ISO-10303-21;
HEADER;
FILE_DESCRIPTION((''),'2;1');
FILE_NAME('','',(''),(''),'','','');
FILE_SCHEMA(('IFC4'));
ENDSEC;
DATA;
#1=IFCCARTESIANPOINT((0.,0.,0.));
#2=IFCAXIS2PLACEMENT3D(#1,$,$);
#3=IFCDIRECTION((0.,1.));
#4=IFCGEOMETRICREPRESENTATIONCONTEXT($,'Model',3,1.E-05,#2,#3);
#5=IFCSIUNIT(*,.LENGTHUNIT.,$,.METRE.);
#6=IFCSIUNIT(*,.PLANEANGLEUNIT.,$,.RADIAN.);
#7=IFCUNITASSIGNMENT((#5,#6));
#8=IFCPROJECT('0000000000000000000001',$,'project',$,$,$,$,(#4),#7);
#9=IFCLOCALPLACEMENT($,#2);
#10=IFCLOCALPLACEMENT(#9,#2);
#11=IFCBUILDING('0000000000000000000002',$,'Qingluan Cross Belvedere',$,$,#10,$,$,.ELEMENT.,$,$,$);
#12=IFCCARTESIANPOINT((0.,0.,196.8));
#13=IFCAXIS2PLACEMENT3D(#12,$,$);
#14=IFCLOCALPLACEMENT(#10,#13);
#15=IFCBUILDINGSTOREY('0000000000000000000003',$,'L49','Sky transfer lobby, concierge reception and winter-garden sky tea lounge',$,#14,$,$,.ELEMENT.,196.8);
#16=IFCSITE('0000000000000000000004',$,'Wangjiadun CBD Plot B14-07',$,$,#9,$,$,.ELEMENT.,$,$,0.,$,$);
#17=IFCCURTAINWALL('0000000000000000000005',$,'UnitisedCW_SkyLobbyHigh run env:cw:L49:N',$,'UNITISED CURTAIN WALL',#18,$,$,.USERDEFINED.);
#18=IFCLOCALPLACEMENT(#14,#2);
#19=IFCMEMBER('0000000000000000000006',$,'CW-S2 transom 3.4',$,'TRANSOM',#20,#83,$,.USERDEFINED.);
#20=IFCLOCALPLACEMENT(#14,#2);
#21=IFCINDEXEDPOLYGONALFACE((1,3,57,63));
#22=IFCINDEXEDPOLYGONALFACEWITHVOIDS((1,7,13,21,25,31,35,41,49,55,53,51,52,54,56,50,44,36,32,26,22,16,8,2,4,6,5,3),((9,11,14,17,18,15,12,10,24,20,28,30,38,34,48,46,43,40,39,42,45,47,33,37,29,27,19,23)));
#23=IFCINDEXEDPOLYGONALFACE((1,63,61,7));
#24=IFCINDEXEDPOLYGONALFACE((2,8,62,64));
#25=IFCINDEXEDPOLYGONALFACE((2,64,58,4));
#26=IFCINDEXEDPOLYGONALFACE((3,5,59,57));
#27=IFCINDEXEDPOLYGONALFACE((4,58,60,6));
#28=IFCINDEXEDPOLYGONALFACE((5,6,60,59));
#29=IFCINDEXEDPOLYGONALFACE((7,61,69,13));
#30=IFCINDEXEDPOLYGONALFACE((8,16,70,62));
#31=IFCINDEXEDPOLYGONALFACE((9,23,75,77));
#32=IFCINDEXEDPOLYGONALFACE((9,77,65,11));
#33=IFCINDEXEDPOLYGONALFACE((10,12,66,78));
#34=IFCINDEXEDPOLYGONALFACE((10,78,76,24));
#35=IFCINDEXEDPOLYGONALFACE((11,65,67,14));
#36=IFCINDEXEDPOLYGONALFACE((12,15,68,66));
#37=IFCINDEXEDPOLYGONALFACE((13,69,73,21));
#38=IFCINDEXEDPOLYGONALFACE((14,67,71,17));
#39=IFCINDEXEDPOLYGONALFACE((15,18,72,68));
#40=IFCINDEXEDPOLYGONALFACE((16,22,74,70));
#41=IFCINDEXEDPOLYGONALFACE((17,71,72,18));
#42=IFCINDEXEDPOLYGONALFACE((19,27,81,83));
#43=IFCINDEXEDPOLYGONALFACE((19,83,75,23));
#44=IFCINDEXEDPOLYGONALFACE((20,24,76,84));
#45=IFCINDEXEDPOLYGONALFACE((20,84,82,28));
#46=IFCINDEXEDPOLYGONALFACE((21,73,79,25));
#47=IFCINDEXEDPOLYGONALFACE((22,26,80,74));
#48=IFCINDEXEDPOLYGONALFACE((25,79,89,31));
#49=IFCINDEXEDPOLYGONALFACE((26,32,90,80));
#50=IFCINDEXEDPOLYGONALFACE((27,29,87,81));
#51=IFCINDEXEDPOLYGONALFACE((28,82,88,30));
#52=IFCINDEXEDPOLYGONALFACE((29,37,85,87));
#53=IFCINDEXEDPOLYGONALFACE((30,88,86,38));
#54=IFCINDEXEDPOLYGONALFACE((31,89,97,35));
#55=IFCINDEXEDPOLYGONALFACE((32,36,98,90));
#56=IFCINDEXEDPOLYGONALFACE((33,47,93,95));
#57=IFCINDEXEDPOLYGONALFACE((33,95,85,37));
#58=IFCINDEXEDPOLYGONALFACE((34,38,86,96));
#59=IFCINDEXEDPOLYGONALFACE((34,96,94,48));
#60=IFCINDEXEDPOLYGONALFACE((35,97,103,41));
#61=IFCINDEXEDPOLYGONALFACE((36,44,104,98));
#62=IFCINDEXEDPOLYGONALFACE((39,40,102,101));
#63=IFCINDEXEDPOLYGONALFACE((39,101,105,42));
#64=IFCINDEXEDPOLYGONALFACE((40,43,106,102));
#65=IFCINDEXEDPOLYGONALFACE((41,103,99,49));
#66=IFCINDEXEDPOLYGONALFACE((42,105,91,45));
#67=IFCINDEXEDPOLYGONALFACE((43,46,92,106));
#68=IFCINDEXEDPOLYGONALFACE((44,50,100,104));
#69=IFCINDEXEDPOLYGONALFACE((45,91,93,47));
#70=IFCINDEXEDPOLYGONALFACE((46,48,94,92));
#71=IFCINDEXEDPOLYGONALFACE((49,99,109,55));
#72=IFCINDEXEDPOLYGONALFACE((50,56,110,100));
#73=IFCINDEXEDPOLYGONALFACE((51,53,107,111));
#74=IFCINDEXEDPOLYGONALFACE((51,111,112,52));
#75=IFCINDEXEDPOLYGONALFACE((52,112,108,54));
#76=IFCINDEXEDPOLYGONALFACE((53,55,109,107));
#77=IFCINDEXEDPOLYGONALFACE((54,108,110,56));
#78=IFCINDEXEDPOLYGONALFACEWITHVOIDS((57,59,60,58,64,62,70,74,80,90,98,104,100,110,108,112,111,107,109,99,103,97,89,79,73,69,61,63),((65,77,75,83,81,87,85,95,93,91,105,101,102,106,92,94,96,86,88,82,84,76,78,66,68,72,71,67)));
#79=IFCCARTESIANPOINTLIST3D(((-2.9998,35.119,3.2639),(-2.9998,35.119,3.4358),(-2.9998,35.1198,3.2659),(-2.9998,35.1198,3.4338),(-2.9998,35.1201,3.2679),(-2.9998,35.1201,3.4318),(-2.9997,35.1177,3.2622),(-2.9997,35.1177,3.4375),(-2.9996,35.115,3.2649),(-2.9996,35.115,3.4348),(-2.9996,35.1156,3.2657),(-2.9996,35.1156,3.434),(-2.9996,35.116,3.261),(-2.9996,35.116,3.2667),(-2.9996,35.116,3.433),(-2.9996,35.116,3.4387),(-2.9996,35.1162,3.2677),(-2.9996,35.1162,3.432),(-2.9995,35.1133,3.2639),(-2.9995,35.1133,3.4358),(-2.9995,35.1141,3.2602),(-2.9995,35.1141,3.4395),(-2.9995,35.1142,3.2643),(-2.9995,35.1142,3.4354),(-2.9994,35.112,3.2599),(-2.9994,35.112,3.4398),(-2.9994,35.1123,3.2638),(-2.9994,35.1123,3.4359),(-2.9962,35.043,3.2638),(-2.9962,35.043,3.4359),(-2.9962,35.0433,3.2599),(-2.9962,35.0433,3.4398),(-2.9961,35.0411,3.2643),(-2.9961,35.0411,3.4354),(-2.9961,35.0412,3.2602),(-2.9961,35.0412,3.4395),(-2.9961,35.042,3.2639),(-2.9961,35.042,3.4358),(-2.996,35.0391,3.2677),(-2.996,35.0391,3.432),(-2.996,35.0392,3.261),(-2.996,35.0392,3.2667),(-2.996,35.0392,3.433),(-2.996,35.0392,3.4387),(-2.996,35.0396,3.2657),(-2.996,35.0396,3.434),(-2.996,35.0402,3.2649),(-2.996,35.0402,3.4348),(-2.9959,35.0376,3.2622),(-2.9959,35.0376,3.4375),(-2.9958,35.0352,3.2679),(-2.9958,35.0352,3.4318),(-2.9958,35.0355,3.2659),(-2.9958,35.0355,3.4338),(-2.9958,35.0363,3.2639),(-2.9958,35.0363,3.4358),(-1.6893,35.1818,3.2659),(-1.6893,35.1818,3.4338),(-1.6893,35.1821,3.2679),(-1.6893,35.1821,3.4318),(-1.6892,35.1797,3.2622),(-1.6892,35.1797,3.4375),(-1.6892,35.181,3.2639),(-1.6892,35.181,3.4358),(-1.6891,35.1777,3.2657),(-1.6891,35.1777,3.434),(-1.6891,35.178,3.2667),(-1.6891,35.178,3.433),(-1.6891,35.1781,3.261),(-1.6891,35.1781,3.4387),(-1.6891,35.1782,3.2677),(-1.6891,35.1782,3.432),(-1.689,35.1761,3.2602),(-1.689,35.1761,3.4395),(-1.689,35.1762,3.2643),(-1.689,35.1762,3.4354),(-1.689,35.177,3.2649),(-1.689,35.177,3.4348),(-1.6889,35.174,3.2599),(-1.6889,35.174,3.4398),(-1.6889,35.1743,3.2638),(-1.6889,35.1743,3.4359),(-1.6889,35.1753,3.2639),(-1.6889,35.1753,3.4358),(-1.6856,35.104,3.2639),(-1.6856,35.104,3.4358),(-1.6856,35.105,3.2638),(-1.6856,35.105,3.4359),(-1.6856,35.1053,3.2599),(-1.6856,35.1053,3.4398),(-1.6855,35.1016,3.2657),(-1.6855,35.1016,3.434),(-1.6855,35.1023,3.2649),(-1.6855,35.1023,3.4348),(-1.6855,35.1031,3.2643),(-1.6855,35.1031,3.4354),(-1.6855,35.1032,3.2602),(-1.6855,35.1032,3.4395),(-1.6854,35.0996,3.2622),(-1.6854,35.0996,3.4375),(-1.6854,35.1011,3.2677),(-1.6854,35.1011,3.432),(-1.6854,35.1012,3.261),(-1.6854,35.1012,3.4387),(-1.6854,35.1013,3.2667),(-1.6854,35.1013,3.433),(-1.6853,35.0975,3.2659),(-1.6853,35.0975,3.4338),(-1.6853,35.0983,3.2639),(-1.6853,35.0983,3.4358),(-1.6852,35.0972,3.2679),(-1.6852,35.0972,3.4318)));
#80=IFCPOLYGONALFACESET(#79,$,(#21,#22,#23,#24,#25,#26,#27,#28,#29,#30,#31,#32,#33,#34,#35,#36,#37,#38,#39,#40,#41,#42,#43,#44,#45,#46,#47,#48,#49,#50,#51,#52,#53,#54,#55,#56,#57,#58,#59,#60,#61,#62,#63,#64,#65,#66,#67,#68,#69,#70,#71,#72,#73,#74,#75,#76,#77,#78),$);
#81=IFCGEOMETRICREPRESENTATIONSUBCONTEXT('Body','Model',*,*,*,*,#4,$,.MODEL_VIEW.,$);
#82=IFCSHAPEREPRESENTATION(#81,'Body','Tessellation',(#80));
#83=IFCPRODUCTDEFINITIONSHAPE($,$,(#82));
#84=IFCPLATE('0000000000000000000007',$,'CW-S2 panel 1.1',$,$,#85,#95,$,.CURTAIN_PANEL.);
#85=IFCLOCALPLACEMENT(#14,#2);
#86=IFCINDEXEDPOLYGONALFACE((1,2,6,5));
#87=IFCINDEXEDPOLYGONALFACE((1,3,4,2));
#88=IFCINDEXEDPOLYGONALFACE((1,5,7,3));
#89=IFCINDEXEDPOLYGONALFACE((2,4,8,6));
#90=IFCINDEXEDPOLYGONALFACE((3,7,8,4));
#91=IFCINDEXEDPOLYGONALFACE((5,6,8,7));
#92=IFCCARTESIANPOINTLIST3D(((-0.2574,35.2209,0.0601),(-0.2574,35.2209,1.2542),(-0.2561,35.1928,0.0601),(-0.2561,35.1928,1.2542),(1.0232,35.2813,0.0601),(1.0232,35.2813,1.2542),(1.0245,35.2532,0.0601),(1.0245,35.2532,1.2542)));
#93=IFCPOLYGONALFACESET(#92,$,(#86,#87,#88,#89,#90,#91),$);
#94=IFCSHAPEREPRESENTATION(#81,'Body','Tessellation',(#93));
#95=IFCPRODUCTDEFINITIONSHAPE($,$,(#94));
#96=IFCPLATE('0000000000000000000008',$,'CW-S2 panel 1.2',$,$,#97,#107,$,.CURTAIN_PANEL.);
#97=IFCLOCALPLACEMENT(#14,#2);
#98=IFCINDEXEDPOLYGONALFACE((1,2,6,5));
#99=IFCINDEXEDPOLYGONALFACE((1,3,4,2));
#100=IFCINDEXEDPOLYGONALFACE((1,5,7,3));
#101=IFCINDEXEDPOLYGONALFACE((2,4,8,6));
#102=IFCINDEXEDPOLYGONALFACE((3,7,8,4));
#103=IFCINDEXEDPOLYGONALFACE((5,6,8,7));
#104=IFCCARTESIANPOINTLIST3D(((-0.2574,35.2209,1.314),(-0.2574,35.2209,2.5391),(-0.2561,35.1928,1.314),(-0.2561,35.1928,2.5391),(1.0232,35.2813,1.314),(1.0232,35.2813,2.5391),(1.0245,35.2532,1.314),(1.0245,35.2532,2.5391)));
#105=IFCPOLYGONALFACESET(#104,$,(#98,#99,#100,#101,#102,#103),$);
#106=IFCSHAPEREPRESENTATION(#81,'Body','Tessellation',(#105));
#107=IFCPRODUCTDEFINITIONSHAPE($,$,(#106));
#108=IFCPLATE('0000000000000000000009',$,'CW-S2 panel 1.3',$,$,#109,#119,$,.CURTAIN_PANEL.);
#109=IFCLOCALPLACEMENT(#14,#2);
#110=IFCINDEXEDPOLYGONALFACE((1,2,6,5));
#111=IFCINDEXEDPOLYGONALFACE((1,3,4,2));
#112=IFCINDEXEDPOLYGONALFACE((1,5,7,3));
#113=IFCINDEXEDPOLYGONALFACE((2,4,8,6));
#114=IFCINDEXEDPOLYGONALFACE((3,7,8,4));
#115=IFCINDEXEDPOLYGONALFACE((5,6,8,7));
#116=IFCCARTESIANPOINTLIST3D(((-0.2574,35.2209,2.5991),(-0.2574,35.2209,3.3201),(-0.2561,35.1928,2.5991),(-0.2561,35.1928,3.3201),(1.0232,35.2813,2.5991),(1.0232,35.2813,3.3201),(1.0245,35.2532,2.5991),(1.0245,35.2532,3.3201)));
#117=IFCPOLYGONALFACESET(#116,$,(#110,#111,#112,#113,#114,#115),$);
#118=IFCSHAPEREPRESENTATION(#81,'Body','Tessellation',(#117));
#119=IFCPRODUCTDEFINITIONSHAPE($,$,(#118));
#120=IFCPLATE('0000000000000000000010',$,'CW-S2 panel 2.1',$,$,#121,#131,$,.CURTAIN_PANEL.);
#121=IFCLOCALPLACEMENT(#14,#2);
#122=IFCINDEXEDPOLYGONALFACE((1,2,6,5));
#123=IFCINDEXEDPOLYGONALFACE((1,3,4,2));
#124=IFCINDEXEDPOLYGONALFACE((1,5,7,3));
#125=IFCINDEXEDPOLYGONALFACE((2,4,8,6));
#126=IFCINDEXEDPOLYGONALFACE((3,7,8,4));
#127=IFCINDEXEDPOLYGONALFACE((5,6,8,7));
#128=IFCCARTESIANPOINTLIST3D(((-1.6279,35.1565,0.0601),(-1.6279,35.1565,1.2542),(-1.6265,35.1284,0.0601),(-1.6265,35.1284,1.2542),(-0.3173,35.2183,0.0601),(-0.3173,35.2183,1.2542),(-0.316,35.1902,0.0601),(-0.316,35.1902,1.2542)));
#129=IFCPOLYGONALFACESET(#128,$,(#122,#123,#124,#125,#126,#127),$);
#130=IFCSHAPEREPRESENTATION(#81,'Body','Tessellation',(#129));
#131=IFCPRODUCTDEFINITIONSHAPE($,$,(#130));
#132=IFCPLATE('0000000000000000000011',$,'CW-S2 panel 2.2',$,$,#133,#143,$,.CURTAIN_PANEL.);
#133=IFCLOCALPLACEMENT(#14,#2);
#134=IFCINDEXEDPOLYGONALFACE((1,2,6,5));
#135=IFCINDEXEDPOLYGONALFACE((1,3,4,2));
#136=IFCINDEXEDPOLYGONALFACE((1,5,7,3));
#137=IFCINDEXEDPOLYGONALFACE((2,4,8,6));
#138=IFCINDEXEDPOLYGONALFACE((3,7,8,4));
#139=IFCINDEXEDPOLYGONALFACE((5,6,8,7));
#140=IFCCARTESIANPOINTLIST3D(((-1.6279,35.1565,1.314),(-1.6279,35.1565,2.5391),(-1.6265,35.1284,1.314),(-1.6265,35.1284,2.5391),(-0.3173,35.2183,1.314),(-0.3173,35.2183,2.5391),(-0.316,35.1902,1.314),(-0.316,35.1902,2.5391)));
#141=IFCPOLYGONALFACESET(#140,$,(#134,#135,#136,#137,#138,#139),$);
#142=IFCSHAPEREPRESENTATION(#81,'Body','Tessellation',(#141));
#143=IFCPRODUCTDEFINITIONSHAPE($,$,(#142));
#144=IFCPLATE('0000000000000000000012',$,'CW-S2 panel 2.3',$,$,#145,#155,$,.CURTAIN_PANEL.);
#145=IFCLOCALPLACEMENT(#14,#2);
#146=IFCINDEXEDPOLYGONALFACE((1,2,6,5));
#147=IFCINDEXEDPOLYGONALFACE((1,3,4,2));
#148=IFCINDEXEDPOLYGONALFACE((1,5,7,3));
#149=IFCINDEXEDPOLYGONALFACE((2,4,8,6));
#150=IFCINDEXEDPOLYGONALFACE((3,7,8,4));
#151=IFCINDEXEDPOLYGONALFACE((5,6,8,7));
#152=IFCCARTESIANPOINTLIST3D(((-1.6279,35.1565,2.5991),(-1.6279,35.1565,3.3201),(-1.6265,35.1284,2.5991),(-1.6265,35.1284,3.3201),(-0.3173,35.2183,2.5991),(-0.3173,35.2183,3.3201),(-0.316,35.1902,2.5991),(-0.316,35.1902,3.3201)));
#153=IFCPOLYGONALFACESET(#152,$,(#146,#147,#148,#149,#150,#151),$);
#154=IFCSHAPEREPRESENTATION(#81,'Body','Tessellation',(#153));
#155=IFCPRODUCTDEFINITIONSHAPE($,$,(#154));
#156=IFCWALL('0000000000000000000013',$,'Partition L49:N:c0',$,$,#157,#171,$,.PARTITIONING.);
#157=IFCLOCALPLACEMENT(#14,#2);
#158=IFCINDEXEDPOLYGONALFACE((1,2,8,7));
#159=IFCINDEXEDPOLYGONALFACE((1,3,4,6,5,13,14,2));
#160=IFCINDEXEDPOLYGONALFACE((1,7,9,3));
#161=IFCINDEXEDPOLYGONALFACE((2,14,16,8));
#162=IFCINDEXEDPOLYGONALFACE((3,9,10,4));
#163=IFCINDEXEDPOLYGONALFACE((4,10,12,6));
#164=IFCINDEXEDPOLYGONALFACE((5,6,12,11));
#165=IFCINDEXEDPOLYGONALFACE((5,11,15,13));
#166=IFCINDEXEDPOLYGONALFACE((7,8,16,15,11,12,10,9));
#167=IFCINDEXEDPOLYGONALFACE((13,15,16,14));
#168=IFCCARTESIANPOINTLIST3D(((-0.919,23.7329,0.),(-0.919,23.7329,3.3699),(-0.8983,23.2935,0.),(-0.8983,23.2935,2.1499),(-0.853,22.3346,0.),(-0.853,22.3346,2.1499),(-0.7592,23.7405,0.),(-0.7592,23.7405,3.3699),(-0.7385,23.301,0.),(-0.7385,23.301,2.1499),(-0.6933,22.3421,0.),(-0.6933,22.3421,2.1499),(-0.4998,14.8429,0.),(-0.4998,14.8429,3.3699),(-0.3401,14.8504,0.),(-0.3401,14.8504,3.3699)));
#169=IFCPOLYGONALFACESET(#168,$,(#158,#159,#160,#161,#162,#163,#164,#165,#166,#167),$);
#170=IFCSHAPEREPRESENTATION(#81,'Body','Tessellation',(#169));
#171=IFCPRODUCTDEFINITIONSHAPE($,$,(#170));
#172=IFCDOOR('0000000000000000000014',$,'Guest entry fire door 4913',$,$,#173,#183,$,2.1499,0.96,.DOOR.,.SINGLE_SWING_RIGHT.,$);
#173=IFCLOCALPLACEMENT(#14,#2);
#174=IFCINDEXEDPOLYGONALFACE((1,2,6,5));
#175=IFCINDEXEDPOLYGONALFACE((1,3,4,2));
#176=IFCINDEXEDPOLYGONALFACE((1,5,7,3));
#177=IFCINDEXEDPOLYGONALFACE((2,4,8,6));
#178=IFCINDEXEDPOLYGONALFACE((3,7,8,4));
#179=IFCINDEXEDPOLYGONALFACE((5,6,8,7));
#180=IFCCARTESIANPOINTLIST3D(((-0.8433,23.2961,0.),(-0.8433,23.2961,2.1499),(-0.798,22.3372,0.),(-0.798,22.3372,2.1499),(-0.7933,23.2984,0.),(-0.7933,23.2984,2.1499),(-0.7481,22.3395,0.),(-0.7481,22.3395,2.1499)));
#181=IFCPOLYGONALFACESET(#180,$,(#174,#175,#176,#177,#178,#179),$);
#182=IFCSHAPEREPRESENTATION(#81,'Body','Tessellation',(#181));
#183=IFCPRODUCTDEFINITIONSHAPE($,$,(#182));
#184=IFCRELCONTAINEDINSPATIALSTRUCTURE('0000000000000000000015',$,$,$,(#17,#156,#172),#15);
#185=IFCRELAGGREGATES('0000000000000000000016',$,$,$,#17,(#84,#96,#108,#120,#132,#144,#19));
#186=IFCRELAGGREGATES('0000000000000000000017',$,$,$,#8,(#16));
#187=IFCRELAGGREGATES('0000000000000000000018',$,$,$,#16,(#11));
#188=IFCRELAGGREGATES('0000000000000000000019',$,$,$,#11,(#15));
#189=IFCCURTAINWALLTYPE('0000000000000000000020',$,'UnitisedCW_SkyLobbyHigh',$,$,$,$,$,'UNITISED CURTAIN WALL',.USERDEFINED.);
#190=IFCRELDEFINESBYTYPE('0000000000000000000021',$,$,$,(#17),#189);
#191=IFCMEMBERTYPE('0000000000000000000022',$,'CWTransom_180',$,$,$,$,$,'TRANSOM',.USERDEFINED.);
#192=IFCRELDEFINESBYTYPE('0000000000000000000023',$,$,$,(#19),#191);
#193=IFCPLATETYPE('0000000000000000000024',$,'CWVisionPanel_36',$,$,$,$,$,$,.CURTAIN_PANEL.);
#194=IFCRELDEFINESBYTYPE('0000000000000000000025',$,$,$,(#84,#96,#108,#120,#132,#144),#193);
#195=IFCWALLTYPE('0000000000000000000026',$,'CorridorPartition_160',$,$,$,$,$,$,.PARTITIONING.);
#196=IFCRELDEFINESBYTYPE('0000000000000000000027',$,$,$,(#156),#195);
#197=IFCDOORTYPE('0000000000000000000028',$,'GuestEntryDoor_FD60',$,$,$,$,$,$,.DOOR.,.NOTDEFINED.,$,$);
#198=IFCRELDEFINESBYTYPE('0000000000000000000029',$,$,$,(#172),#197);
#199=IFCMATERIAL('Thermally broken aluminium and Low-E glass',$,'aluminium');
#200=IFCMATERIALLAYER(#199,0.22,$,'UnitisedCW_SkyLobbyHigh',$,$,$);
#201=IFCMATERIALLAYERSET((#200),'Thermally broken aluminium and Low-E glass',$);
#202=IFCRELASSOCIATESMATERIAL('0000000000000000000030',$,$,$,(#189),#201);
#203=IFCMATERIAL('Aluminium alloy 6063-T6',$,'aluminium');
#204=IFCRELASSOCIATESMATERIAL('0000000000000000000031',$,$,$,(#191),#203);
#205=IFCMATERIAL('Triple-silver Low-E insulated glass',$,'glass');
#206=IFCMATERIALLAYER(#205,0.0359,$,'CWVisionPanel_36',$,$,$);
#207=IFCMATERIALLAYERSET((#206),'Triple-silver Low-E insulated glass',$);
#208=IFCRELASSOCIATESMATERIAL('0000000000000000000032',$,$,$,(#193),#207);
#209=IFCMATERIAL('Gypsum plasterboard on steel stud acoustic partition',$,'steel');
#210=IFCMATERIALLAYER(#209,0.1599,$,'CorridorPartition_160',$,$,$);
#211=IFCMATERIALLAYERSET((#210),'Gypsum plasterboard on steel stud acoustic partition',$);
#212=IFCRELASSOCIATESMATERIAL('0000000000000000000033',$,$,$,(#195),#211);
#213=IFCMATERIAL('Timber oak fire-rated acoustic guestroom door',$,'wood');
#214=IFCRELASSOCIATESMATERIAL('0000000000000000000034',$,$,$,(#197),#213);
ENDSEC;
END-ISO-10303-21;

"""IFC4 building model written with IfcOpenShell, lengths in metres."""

from ifc_helpers import new_model, si_unit, direction, frame, frame_2d, origin, origin_2d, place, context, subcontext, project, spatial, rectangle, hollow_rectangle, extrude, material, layer, layer_set, material_profile, profile_set, type_object, element, fill, aggregate, save


model = new_model("IFC4")

# Units and contexts
model_context = context("Model", 3, precision=1e-05, world=origin(), true_north=direction((0.0, 1.0)))
body_context = subcontext(model_context, "Body", "Model", "MODEL_VIEW")
ifc_project = project(units=[si_unit("LENGTHUNIT", "METRE"), si_unit("PLANEANGLEUNIT", "RADIAN")], contexts=[model_context])

# Site, building, storey
site_placement = place(None, origin())
site = spatial("IfcSite", under=ifc_project, at=site_placement, Name="Wangjiadun CBD Plot B14-07", CompositionType="ELEMENT", RefElevation=0.0)
building_placement = place(site_placement, origin())
building = spatial("IfcBuilding", under=site, at=building_placement, Name="Qingluan Cross Belvedere", CompositionType="ELEMENT")
storey_placement = place(building_placement, frame((0.0, 0.0, 196.8)))
storey = spatial("IfcBuildingStorey", under=building, at=storey_placement, Name="L49", Description="Sky transfer lobby, concierge reception and winter-garden sky tea lounge", CompositionType="ELEMENT", Elevation=196.8)

# Curtain wall, member, plates
ifc_material_1 = material(Name="Thermally broken aluminium and Low-E glass", Category="aluminium")
ifc_layer_1 = layer(ifc_material_1, 0.22, Name="UnitisedCW_SkyLobbyHigh")
ifc_layer_set_1 = layer_set([ifc_layer_1], Name="Thermally broken aluminium and Low-E glass")
curtain_wall_type = type_object("IfcCurtainWallType", Name="UnitisedCW_SkyLobbyHigh", ElementType="UNITISED CURTAIN WALL", PredefinedType="USERDEFINED", material=ifc_layer_set_1)
curtain_wall_placement = place(storey_placement, origin())
curtain_wall = element("IfcCurtainWall", 1, at=curtain_wall_placement, inside=storey, type_object=curtain_wall_type, Name="UnitisedCW_SkyLobbyHigh run env:cw:L49:N", ObjectType="UNITISED CURTAIN WALL", PredefinedType="USERDEFINED")
ifc_material_2 = material(Name="Aluminium alloy 6063-T6", Category="aluminium")
ifc_material_profile_1 = material_profile(ifc_material_2, hollow_rectangle(XDim=0.085, YDim=0.1799, WallThickness=0.0039, InnerFilletRadius=0.0039, OuterFilletRadius=0.0081, at=origin_2d()), Name="CWT180x85x4")
ifc_profile_set_1 = profile_set([ifc_material_profile_1], Name="Aluminium alloy 6063-T6")
member_type_1 = type_object("IfcMemberType", Name="CWTransom_180", ElementType="TRANSOM", PredefinedType="USERDEFINED", material=ifc_profile_set_1)
member_1_placement = place(storey_placement, frame((-1.6873, 35.1396, 3.3499), z_axis=(-0.998882, -0.047265, 0.0), x_axis=(0.047265, -0.998882, 0.0)))
member_1 = element("IfcMember", 2, at=member_1_placement, type_object=member_type_1, Name="CW-S2 transom 3.4", ObjectType="TRANSOM", PredefinedType="USERDEFINED", context=body_context, shape_type="SweptSolid", body=[
    extrude(hollow_rectangle(XDim=0.085, YDim=0.1799, WallThickness=0.0039, InnerFilletRadius=0.0039, OuterFilletRadius=0.0081, at=origin_2d()), origin(), (0.0, 0.0, 1.0), 1.312),
])
ifc_material_3 = material(Name="Triple-silver Low-E insulated glass", Category="glass")
ifc_layer_2 = layer(ifc_material_3, 0.0359, Name="CWVisionPanel_36")
ifc_layer_set_2 = layer_set([ifc_layer_2], Name="Triple-silver Low-E insulated glass")
plate_type = type_object("IfcPlateType", Name="CWVisionPanel_36", PredefinedType="CURTAIN_PANEL", material=ifc_layer_set_2)
plate_1_placement = place(storey_placement, frame((0.3835, 35.2371, 0.0601), z_axis=(0.0, 0.0, 1.0), x_axis=(-0.99889, -0.047102, 0.0)))
plate_1 = element("IfcPlate", 3, at=plate_1_placement, type_object=plate_type, Name="CW-S2 panel 1.1", PredefinedType="CURTAIN_PANEL", context=body_context, shape_type="SweptSolid", body=[
    extrude(rectangle(XDim=1.282, YDim=0.0281, at=origin_2d()), origin(), (0.0, 0.0, 1.0), 1.1941),
])
plate_2_placement = place(storey_placement, frame((0.3835, 35.2371, 1.314), z_axis=(0.0, 0.0, 1.0), x_axis=(-0.99889, -0.047102, 0.0)))
plate_2 = element("IfcPlate", 4, at=plate_2_placement, type_object=plate_type, Name="CW-S2 panel 1.2", PredefinedType="CURTAIN_PANEL", context=body_context, shape_type="SweptSolid", body=[
    extrude(rectangle(XDim=1.282, YDim=0.0281, at=origin_2d()), origin(), (0.0, 0.0, 1.0), 1.2251),
])
plate_3_placement = place(storey_placement, frame((0.3835, 35.2371, 2.5991), z_axis=(0.0, 0.0, 1.0), x_axis=(-0.99889, -0.047102, 0.0)))
plate_3 = element("IfcPlate", 5, at=plate_3_placement, type_object=plate_type, Name="CW-S2 panel 1.3", PredefinedType="CURTAIN_PANEL", context=body_context, shape_type="SweptSolid", body=[
    extrude(rectangle(XDim=1.282, YDim=0.0281, at=origin_2d()), origin(), (0.0, 0.0, 1.0), 0.7209),
])
plate_4_placement = place(storey_placement, frame((-0.9719, 35.1733, 0.0601), z_axis=(0.0, 0.0, 1.0), x_axis=(-0.99889, -0.047102, 0.0)))
plate_4 = element("IfcPlate", 6, at=plate_4_placement, type_object=plate_type, Name="CW-S2 panel 2.1", PredefinedType="CURTAIN_PANEL", context=body_context, shape_type="SweptSolid", body=[
    extrude(rectangle(XDim=1.312, YDim=0.0281, at=origin_2d()), origin(), (0.0, 0.0, 1.0), 1.1941),
])
plate_5_placement = place(storey_placement, frame((-0.9719, 35.1733, 1.314), z_axis=(0.0, 0.0, 1.0), x_axis=(-0.99889, -0.047102, 0.0)))
plate_5 = element("IfcPlate", 7, at=plate_5_placement, type_object=plate_type, Name="CW-S2 panel 2.2", PredefinedType="CURTAIN_PANEL", context=body_context, shape_type="SweptSolid", body=[
    extrude(rectangle(XDim=1.312, YDim=0.0281, at=origin_2d()), origin(), (0.0, 0.0, 1.0), 1.2251),
])
plate_6_placement = place(storey_placement, frame((-0.9719, 35.1733, 2.5991), z_axis=(0.0, 0.0, 1.0), x_axis=(-0.99889, -0.047102, 0.0)))
plate_6 = element("IfcPlate", 8, at=plate_6_placement, type_object=plate_type, Name="CW-S2 panel 2.3", PredefinedType="CURTAIN_PANEL", context=body_context, shape_type="SweptSolid", body=[
    extrude(rectangle(XDim=1.312, YDim=0.0281, at=origin_2d()), origin(), (0.0, 0.0, 1.0), 0.7209),
])
aggregate(curtain_wall, [plate_1, plate_2, plate_3, plate_4, plate_5, plate_6, member_1])

# Wall, opening, door
ifc_material_4 = material(Name="Gypsum plasterboard on steel stud acoustic partition", Category="steel")
ifc_layer_3 = layer(ifc_material_4, 0.1599, Name="CorridorPartition_160")
ifc_layer_set_3 = layer_set([ifc_layer_3], Name="Gypsum plasterboard on steel stud acoustic partition")
wall_type_1 = type_object("IfcWallType", Name="CorridorPartition_160", PredefinedType="PARTITIONING", material=ifc_layer_set_3)
wall_1_placement = place(storey_placement, frame((-0.4199, 14.8467, 0.0), z_axis=(0.0, 0.0, 1.0), x_axis=(-0.0471, 0.99889, 0.0)))
wall_1 = element("IfcWall", 9, at=wall_1_placement, inside=storey, type_object=wall_type_1, Name="Partition L49:N:c0", PredefinedType="PARTITIONING", context=body_context, shape_type="SweptSolid", body=[
    extrude(rectangle(XDim=8.8999, YDim=0.1599, at=frame_2d((4.45, 0.0))), origin(), (0.0, 0.0, 1.0), 3.3699),
])
opening_1_placement = place(wall_1_placement, frame((7.5, 0.0, 0.0)))
opening_1 = element("IfcOpeningElement", 10, at=opening_1_placement, cuts=wall_1, PredefinedType="OPENING", context=body_context, shape_type="SweptSolid", body=[
    extrude(rectangle(XDim=0.96, YDim=2.1499, at=frame_2d((0.48, 1.075))), frame((0.0, 0.0898, 0.0), z_axis=(0.0, -1.0, 0.0), x_axis=(1.0, 0.0, 0.0)), (0.0, 0.0, 1.0), 0.1799),
])
ifc_material_5 = material(Name="Timber oak fire-rated acoustic guestroom door", Category="wood")
door_type_1 = type_object("IfcDoorType", Name="GuestEntryDoor_FD60", OperationType="NOTDEFINED", PredefinedType="DOOR", material=ifc_material_5)
door_1_placement = place(opening_1_placement, origin())
door_1 = element("IfcDoor", 11, at=door_1_placement, inside=storey, type_object=door_type_1, Name="Guest entry fire door 4913", OperationType="SINGLE_SWING_RIGHT", OverallHeight=2.1499, OverallWidth=0.96, PredefinedType="DOOR", context=body_context, shape_type="SweptSolid", body=[
    extrude(rectangle(XDim=0.96, YDim=2.1499, at=frame_2d((0.48, 1.075))), frame((0.0, 0.0249, 0.0), z_axis=(0.0, -1.0, 0.0), x_axis=(1.0, 0.0, 0.0)), (0.0, 0.0, 1.0), 0.05),
])
fill(opening_1, door_1)

save(model, "model.ifc")
